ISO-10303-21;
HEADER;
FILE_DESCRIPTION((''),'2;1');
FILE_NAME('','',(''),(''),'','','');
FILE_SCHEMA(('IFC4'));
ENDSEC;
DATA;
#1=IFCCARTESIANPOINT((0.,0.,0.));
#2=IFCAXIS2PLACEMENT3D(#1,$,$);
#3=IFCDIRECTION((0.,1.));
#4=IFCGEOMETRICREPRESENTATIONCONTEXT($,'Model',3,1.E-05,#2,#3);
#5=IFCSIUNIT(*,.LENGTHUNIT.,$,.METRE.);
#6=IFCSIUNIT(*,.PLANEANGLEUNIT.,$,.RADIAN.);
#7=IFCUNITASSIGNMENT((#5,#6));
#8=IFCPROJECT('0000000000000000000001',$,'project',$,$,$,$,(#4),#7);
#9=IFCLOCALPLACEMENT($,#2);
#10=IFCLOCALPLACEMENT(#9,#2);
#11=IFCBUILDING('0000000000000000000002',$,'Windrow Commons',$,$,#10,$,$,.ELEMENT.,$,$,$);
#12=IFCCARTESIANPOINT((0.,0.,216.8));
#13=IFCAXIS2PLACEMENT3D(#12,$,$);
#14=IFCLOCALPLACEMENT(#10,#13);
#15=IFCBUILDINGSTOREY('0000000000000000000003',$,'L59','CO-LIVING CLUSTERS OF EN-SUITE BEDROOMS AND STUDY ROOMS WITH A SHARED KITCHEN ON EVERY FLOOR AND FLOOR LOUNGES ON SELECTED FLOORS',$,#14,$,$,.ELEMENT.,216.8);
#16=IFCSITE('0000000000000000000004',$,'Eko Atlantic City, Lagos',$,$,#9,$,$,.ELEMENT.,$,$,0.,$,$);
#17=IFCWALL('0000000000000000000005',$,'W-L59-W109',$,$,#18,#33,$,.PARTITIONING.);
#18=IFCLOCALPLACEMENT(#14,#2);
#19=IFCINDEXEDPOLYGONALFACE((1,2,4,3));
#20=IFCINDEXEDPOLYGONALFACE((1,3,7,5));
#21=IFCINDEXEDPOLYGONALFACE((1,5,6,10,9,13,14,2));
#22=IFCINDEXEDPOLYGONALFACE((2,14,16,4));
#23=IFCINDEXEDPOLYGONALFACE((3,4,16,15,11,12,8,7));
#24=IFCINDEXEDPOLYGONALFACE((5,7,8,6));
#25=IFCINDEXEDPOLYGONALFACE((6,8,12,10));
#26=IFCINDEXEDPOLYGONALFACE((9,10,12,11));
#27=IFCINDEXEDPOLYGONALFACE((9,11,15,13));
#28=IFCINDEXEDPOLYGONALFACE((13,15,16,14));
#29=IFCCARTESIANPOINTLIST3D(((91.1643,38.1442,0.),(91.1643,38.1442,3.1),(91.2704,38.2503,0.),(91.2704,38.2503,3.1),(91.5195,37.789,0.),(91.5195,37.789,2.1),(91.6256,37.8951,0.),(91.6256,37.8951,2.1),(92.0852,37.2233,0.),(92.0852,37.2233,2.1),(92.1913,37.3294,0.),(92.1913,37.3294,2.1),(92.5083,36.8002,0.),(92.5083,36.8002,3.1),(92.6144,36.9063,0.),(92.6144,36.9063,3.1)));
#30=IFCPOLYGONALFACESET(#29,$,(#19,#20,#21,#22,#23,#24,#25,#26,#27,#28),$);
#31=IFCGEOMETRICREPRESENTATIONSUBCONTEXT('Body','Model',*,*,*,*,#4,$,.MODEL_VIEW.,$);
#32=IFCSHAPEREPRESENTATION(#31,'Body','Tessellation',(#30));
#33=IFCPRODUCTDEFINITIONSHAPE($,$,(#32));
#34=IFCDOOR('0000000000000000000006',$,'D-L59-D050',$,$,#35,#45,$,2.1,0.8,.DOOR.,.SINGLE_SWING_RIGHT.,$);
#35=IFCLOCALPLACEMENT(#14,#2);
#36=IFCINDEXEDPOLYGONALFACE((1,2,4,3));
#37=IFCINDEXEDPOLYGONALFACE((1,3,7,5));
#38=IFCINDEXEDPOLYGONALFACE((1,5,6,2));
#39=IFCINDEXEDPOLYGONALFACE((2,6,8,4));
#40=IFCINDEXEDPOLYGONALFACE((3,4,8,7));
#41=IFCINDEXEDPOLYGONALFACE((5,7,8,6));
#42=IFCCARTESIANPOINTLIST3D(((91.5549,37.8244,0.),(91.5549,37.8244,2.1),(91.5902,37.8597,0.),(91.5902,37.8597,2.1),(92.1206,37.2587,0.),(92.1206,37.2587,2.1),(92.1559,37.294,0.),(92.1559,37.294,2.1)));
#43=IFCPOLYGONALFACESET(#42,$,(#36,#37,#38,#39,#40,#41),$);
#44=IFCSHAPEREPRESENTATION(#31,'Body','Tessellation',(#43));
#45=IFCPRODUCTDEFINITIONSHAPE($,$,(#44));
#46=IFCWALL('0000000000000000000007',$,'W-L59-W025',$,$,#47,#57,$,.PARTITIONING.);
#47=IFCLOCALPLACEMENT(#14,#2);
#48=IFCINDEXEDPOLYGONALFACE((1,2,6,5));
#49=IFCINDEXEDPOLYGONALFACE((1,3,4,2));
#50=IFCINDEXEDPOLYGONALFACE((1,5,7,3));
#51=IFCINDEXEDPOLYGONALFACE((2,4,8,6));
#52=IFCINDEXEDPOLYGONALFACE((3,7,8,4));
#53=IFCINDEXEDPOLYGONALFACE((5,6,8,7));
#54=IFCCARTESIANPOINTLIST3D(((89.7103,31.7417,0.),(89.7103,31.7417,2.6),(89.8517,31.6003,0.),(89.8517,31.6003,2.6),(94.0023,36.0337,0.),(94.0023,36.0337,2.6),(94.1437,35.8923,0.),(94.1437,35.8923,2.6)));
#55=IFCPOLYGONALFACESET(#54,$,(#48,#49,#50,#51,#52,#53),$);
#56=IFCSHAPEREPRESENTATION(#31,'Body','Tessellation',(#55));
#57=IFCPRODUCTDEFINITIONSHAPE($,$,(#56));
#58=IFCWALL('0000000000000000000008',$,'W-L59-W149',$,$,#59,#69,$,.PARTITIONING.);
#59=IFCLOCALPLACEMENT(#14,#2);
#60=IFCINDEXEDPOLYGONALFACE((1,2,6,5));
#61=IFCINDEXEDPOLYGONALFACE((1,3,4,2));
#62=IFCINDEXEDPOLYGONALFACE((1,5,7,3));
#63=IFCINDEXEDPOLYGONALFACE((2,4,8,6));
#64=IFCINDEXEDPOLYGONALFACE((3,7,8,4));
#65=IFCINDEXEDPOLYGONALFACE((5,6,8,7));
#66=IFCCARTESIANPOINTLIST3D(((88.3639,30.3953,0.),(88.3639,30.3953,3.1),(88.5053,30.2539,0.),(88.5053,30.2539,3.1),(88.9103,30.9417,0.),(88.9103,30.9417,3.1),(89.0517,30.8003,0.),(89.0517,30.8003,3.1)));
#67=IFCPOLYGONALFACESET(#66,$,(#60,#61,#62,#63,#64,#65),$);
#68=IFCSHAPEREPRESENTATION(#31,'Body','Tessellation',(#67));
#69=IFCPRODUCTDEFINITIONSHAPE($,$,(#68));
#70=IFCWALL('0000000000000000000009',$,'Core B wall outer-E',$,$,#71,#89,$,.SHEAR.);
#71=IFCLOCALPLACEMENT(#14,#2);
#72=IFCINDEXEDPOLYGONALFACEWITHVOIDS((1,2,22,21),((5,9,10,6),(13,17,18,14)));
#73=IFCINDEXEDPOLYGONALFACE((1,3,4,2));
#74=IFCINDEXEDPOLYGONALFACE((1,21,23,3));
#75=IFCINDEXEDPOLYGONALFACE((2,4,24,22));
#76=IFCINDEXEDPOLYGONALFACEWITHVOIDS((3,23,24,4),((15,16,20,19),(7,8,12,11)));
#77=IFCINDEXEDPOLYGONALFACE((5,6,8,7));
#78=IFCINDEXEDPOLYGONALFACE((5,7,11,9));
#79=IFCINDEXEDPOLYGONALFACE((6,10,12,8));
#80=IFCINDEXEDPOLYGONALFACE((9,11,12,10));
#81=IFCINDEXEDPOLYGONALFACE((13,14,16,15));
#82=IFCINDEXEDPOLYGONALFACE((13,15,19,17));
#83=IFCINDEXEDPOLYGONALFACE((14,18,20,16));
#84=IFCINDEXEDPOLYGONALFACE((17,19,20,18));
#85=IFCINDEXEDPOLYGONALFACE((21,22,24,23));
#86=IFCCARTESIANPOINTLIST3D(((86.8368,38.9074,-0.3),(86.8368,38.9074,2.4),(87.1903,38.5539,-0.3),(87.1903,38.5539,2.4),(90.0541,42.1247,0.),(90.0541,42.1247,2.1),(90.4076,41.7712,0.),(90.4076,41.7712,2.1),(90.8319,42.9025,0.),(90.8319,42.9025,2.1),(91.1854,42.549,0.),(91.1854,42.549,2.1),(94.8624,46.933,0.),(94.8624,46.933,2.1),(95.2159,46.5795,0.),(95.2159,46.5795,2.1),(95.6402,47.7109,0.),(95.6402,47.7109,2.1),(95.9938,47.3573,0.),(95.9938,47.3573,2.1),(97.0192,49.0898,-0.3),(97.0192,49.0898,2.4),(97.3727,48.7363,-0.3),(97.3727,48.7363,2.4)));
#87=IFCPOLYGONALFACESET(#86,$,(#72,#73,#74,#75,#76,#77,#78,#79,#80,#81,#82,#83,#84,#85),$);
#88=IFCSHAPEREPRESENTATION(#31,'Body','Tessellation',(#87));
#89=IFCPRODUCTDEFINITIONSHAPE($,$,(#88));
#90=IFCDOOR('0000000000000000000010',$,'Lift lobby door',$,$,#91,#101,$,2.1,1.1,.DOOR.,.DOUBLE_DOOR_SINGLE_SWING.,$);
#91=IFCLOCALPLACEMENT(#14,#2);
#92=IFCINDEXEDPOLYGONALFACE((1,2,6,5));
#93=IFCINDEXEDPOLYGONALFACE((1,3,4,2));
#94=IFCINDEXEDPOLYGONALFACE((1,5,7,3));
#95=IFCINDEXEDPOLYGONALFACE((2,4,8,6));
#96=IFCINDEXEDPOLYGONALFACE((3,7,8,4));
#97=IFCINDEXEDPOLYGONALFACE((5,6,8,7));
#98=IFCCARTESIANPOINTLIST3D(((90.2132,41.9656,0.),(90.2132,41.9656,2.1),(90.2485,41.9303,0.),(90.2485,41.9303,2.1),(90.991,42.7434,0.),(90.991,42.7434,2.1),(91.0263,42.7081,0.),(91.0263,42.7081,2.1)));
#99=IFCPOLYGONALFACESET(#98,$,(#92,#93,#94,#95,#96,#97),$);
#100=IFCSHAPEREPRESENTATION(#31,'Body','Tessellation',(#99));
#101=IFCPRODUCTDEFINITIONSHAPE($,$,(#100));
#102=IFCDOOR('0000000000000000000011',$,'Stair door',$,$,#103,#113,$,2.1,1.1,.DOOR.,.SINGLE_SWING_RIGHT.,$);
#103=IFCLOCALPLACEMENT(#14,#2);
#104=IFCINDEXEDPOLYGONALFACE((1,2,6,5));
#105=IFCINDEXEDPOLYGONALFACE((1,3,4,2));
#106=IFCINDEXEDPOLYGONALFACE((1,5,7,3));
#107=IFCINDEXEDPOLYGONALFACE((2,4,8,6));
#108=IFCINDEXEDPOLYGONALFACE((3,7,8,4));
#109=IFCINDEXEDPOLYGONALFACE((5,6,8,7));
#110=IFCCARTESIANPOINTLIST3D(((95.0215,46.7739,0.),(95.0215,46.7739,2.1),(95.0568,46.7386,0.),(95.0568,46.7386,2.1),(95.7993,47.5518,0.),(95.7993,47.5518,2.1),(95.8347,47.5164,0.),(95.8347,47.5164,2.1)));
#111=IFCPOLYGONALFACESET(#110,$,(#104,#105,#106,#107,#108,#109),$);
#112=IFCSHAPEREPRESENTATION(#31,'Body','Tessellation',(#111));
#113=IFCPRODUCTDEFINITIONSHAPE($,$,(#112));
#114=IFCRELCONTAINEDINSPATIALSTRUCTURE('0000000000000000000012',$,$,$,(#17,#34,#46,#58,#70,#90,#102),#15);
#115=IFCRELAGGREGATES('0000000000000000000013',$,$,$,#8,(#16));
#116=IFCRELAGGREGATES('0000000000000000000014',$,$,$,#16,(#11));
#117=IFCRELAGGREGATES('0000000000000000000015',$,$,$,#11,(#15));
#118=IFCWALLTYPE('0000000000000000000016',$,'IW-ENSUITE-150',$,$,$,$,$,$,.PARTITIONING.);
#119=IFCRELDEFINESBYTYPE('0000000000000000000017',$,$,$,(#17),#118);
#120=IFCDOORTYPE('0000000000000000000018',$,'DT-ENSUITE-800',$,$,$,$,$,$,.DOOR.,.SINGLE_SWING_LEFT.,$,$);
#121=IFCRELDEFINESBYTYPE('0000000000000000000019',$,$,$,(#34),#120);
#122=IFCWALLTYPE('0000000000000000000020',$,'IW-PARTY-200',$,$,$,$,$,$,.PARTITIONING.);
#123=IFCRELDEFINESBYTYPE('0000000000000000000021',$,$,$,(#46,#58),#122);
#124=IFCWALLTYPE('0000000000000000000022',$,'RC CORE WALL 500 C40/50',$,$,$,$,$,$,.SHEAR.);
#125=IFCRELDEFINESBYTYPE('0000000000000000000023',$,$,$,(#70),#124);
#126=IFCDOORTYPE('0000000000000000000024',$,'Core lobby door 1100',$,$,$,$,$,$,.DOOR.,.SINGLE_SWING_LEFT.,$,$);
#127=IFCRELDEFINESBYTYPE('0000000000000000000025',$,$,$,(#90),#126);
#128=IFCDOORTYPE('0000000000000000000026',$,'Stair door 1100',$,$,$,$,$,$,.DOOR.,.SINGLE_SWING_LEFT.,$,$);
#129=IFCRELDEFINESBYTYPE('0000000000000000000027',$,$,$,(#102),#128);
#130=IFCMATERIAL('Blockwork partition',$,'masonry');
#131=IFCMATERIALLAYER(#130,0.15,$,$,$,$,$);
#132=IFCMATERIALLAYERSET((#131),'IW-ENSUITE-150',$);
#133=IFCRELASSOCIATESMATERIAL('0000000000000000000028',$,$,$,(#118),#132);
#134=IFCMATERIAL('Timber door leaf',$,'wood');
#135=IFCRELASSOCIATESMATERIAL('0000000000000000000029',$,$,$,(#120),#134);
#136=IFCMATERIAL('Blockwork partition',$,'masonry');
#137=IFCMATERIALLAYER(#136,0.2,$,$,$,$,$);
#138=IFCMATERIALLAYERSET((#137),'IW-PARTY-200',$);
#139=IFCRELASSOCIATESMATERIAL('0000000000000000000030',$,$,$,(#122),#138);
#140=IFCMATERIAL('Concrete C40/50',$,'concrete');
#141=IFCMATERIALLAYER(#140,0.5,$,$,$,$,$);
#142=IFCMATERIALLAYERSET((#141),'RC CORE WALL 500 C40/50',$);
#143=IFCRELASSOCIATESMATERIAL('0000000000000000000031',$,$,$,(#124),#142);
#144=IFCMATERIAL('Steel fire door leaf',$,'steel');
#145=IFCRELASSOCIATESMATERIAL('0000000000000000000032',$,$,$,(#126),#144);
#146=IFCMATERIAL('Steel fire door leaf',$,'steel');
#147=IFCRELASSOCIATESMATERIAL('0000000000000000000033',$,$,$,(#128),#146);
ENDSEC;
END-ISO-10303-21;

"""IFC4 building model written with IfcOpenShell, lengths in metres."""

from ifc_helpers import new_model, si_unit, direction, frame, frame_2d, origin, place, context, subcontext, project, spatial, rectangle, extrude, material, layer, layer_set, type_object, element, fill, save


model = new_model("IFC4")

# Units and contexts
model_context = context("Model", 3, precision=1e-05, world=origin(), true_north=direction((0.0, 1.0)))
body_context = subcontext(model_context, "Body", "Model", "MODEL_VIEW")
ifc_project = project(units=[si_unit("LENGTHUNIT", "METRE"), si_unit("PLANEANGLEUNIT", "RADIAN")], contexts=[model_context])

# Site, building, storey
site_placement = place(None, origin())
site = spatial("IfcSite", under=ifc_project, at=site_placement, Name="Eko Atlantic City, Lagos", CompositionType="ELEMENT", RefElevation=0.0)
building_placement = place(site_placement, origin())
building = spatial("IfcBuilding", under=site, at=building_placement, Name="Windrow Commons", CompositionType="ELEMENT")
storey_placement = place(building_placement, frame((0.0, 0.0, 216.8)))
storey = spatial("IfcBuildingStorey", under=building, at=storey_placement, Name="L59", Description="CO-LIVING CLUSTERS OF EN-SUITE BEDROOMS AND STUDY ROOMS WITH A SHARED KITCHEN ON EVERY FLOOR AND FLOOR LOUNGES ON SELECTED FLOORS", CompositionType="ELEMENT", Elevation=216.8)

# Wall, opening, door
ifc_material_1 = material(Name="Blockwork partition", Category="masonry")
ifc_layer_1 = layer(ifc_material_1, 0.15)
ifc_layer_set_1 = layer_set([ifc_layer_1], Name="IW-ENSUITE-150")
wall_type_1 = type_object("IfcWallType", Name="IW-ENSUITE-150", PredefinedType="PARTITIONING", material=ifc_layer_set_1)
wall_1_placement = place(storey_placement, frame((91.2173, 38.1973, 0.0), z_axis=(0.0, 0.0, 1.0), x_axis=(0.707107, -0.707107, 0.0)))
wall_1 = element("IfcWall", 1, at=wall_1_placement, inside=storey, type_object=wall_type_1, Name="W-L59-W109", PredefinedType="PARTITIONING", context=body_context, shape_type="SweptSolid", body=[
    extrude(rectangle(XDim=1.9007, YDim=0.15, at=frame_2d((0.9504, 0.0))), origin(), (0.0, 0.0, 1.0), 3.1),
])
opening_1_placement = place(wall_1_placement, frame((0.5024, 0.0, 0.0)))
opening_1 = element("IfcOpeningElement", 2, at=opening_1_placement, cuts=wall_1, PredefinedType="OPENING", context=body_context, shape_type="SweptSolid", body=[
    extrude(rectangle(XDim=0.8, YDim=2.1, at=frame_2d((0.4, 1.05))), frame((0.0, 0.085, 0.0), z_axis=(0.0, -1.0, 0.0), x_axis=(1.0, 0.0, 0.0)), (0.0, 0.0, 1.0), 0.17),
])
ifc_material_2 = material(Name="Timber door leaf", Category="wood")
door_type_1 = type_object("IfcDoorType", Name="DT-ENSUITE-800", OperationType="SINGLE_SWING_LEFT", PredefinedType="DOOR", material=ifc_material_2)
door_1_placement = place(opening_1_placement, origin())
door_1 = element("IfcDoor", 3, at=door_1_placement, inside=storey, type_object=door_type_1, Name="D-L59-D050", OperationType="SINGLE_SWING_RIGHT", OverallHeight=2.1, OverallWidth=0.8, PredefinedType="DOOR", context=body_context, shape_type="SweptSolid", body=[
    extrude(rectangle(XDim=0.8, YDim=2.1, at=frame_2d((0.4, 1.05))), frame((0.0, 0.025, 0.0), z_axis=(0.0, -1.0, 0.0), x_axis=(1.0, 0.0, 0.0)), (0.0, 0.0, 1.0), 0.05),
])
fill(opening_1, door_1)

# Walls
ifc_material_3 = material(Name="Blockwork partition", Category="masonry")
ifc_layer_2 = layer(ifc_material_3, 0.2)
ifc_layer_set_2 = layer_set([ifc_layer_2], Name="IW-PARTY-200")
wall_type_2 = type_object("IfcWallType", Name="IW-PARTY-200", PredefinedType="PARTITIONING", material=ifc_layer_set_2)
wall_2_placement = place(storey_placement, frame((89.781, 31.671, 0.0), z_axis=(0.0, 0.0, 1.0), x_axis=(0.707107, 0.707107, 0.0)))
element("IfcWall", 4, at=wall_2_placement, inside=storey, type_object=wall_type_2, Name="W-L59-W025", PredefinedType="PARTITIONING", context=body_context, shape_type="SweptSolid", body=[
    extrude(rectangle(XDim=6.0698, YDim=0.2, at=frame_2d((3.0349, 0.0))), origin(), (0.0, 0.0, 1.0), 2.6),
])
wall_3_placement = place(storey_placement, frame((88.4346, 30.3246, 0.0), z_axis=(0.0, 0.0, 1.0), x_axis=(0.707107, 0.707107, 0.0)))
element("IfcWall", 5, at=wall_3_placement, inside=storey, type_object=wall_type_2, Name="W-L59-W149", PredefinedType="PARTITIONING", context=body_context, shape_type="SweptSolid", body=[
    extrude(rectangle(XDim=0.7727, YDim=0.2, at=frame_2d((0.3864, 0.0))), origin(), (0.0, 0.0, 1.0), 3.1),
])

# Wall, openings, doors
ifc_material_4 = material(Name="Concrete C40/50", Category="concrete")
ifc_layer_3 = layer(ifc_material_4, 0.5)
ifc_layer_set_3 = layer_set([ifc_layer_3], Name="RC CORE WALL 500 C40/50")
wall_type_3 = type_object("IfcWallType", Name="RC CORE WALL 500 C40/50", PredefinedType="SHEAR", material=ifc_layer_set_3)
wall_4_placement = place(storey_placement, frame((87.0135, 38.7306, -0.3), z_axis=(0.0, 0.0, 1.0), x_axis=(0.707107, 0.707107, 0.0)))
wall_4 = element("IfcWall", 6, at=wall_4_placement, inside=storey, type_object=wall_type_3, Name="Core B wall outer-E", PredefinedType="SHEAR", context=body_context, shape_type="SweptSolid", body=[
    extrude(rectangle(XDim=14.4001, YDim=0.5, at=frame_2d((7.2001, 0.0))), origin(), (0.0, 0.0, 1.0), 2.7),
])
opening_2_placement = place(wall_4_placement, frame((4.55, 0.0, 0.3)))
opening_2 = element("IfcOpeningElement", 7, at=opening_2_placement, cuts=wall_4, PredefinedType="OPENING", context=body_context, shape_type="SweptSolid", body=[
    extrude(rectangle(XDim=1.1, YDim=2.1, at=frame_2d((0.55, 1.05))), frame((0.0, 0.26, 0.0), z_axis=(0.0, -1.0, 0.0), x_axis=(1.0, 0.0, 0.0)), (0.0, 0.0, 1.0), 0.52),
])
opening_3_placement = place(wall_4_placement, frame((11.35, 0.0, 0.3)))
opening_3 = element("IfcOpeningElement", 8, at=opening_3_placement, cuts=wall_4, PredefinedType="OPENING", context=body_context, shape_type="SweptSolid", body=[
    extrude(rectangle(XDim=1.1, YDim=2.1, at=frame_2d((0.55, 1.05))), frame((0.0, 0.26, 0.0), z_axis=(0.0, -1.0, 0.0), x_axis=(1.0, 0.0, 0.0)), (0.0, 0.0, 1.0), 0.52),
])
ifc_material_5 = material(Name="Steel fire door leaf", Category="steel")
door_type_2 = type_object("IfcDoorType", Name="Core lobby door 1100", OperationType="SINGLE_SWING_LEFT", PredefinedType="DOOR", material=ifc_material_5)
door_2_placement = place(opening_2_placement, origin())
door_2 = element("IfcDoor", 9, at=door_2_placement, inside=storey, type_object=door_type_2, Name="Lift lobby door", OperationType="DOUBLE_DOOR_SINGLE_SWING", OverallHeight=2.1, OverallWidth=1.1, PredefinedType="DOOR", context=body_context, shape_type="SweptSolid", body=[
    extrude(rectangle(XDim=1.1, YDim=2.1, at=frame_2d((0.55, 1.05))), frame((0.0, 0.025, 0.0), z_axis=(0.0, -1.0, 0.0), x_axis=(1.0, 0.0, 0.0)), (0.0, 0.0, 1.0), 0.05),
])
fill(opening_2, door_2)
ifc_material_6 = material(Name="Steel fire door leaf", Category="steel")
door_type_3 = type_object("IfcDoorType", Name="Stair door 1100", OperationType="SINGLE_SWING_LEFT", PredefinedType="DOOR", material=ifc_material_6)
door_3_placement = place(opening_3_placement, origin())
door_3 = element("IfcDoor", 10, at=door_3_placement, inside=storey, type_object=door_type_3, Name="Stair door", OperationType="SINGLE_SWING_RIGHT", OverallHeight=2.1, OverallWidth=1.1, PredefinedType="DOOR", context=body_context, shape_type="SweptSolid", body=[
    extrude(rectangle(XDim=1.1, YDim=2.1, at=frame_2d((0.55, 1.05))), frame((0.0, 0.025, 0.0), z_axis=(0.0, -1.0, 0.0), x_axis=(1.0, 0.0, 0.0)), (0.0, 0.0, 1.0), 0.05),
])
fill(opening_3, door_3)

save(model, "model.ifc")
